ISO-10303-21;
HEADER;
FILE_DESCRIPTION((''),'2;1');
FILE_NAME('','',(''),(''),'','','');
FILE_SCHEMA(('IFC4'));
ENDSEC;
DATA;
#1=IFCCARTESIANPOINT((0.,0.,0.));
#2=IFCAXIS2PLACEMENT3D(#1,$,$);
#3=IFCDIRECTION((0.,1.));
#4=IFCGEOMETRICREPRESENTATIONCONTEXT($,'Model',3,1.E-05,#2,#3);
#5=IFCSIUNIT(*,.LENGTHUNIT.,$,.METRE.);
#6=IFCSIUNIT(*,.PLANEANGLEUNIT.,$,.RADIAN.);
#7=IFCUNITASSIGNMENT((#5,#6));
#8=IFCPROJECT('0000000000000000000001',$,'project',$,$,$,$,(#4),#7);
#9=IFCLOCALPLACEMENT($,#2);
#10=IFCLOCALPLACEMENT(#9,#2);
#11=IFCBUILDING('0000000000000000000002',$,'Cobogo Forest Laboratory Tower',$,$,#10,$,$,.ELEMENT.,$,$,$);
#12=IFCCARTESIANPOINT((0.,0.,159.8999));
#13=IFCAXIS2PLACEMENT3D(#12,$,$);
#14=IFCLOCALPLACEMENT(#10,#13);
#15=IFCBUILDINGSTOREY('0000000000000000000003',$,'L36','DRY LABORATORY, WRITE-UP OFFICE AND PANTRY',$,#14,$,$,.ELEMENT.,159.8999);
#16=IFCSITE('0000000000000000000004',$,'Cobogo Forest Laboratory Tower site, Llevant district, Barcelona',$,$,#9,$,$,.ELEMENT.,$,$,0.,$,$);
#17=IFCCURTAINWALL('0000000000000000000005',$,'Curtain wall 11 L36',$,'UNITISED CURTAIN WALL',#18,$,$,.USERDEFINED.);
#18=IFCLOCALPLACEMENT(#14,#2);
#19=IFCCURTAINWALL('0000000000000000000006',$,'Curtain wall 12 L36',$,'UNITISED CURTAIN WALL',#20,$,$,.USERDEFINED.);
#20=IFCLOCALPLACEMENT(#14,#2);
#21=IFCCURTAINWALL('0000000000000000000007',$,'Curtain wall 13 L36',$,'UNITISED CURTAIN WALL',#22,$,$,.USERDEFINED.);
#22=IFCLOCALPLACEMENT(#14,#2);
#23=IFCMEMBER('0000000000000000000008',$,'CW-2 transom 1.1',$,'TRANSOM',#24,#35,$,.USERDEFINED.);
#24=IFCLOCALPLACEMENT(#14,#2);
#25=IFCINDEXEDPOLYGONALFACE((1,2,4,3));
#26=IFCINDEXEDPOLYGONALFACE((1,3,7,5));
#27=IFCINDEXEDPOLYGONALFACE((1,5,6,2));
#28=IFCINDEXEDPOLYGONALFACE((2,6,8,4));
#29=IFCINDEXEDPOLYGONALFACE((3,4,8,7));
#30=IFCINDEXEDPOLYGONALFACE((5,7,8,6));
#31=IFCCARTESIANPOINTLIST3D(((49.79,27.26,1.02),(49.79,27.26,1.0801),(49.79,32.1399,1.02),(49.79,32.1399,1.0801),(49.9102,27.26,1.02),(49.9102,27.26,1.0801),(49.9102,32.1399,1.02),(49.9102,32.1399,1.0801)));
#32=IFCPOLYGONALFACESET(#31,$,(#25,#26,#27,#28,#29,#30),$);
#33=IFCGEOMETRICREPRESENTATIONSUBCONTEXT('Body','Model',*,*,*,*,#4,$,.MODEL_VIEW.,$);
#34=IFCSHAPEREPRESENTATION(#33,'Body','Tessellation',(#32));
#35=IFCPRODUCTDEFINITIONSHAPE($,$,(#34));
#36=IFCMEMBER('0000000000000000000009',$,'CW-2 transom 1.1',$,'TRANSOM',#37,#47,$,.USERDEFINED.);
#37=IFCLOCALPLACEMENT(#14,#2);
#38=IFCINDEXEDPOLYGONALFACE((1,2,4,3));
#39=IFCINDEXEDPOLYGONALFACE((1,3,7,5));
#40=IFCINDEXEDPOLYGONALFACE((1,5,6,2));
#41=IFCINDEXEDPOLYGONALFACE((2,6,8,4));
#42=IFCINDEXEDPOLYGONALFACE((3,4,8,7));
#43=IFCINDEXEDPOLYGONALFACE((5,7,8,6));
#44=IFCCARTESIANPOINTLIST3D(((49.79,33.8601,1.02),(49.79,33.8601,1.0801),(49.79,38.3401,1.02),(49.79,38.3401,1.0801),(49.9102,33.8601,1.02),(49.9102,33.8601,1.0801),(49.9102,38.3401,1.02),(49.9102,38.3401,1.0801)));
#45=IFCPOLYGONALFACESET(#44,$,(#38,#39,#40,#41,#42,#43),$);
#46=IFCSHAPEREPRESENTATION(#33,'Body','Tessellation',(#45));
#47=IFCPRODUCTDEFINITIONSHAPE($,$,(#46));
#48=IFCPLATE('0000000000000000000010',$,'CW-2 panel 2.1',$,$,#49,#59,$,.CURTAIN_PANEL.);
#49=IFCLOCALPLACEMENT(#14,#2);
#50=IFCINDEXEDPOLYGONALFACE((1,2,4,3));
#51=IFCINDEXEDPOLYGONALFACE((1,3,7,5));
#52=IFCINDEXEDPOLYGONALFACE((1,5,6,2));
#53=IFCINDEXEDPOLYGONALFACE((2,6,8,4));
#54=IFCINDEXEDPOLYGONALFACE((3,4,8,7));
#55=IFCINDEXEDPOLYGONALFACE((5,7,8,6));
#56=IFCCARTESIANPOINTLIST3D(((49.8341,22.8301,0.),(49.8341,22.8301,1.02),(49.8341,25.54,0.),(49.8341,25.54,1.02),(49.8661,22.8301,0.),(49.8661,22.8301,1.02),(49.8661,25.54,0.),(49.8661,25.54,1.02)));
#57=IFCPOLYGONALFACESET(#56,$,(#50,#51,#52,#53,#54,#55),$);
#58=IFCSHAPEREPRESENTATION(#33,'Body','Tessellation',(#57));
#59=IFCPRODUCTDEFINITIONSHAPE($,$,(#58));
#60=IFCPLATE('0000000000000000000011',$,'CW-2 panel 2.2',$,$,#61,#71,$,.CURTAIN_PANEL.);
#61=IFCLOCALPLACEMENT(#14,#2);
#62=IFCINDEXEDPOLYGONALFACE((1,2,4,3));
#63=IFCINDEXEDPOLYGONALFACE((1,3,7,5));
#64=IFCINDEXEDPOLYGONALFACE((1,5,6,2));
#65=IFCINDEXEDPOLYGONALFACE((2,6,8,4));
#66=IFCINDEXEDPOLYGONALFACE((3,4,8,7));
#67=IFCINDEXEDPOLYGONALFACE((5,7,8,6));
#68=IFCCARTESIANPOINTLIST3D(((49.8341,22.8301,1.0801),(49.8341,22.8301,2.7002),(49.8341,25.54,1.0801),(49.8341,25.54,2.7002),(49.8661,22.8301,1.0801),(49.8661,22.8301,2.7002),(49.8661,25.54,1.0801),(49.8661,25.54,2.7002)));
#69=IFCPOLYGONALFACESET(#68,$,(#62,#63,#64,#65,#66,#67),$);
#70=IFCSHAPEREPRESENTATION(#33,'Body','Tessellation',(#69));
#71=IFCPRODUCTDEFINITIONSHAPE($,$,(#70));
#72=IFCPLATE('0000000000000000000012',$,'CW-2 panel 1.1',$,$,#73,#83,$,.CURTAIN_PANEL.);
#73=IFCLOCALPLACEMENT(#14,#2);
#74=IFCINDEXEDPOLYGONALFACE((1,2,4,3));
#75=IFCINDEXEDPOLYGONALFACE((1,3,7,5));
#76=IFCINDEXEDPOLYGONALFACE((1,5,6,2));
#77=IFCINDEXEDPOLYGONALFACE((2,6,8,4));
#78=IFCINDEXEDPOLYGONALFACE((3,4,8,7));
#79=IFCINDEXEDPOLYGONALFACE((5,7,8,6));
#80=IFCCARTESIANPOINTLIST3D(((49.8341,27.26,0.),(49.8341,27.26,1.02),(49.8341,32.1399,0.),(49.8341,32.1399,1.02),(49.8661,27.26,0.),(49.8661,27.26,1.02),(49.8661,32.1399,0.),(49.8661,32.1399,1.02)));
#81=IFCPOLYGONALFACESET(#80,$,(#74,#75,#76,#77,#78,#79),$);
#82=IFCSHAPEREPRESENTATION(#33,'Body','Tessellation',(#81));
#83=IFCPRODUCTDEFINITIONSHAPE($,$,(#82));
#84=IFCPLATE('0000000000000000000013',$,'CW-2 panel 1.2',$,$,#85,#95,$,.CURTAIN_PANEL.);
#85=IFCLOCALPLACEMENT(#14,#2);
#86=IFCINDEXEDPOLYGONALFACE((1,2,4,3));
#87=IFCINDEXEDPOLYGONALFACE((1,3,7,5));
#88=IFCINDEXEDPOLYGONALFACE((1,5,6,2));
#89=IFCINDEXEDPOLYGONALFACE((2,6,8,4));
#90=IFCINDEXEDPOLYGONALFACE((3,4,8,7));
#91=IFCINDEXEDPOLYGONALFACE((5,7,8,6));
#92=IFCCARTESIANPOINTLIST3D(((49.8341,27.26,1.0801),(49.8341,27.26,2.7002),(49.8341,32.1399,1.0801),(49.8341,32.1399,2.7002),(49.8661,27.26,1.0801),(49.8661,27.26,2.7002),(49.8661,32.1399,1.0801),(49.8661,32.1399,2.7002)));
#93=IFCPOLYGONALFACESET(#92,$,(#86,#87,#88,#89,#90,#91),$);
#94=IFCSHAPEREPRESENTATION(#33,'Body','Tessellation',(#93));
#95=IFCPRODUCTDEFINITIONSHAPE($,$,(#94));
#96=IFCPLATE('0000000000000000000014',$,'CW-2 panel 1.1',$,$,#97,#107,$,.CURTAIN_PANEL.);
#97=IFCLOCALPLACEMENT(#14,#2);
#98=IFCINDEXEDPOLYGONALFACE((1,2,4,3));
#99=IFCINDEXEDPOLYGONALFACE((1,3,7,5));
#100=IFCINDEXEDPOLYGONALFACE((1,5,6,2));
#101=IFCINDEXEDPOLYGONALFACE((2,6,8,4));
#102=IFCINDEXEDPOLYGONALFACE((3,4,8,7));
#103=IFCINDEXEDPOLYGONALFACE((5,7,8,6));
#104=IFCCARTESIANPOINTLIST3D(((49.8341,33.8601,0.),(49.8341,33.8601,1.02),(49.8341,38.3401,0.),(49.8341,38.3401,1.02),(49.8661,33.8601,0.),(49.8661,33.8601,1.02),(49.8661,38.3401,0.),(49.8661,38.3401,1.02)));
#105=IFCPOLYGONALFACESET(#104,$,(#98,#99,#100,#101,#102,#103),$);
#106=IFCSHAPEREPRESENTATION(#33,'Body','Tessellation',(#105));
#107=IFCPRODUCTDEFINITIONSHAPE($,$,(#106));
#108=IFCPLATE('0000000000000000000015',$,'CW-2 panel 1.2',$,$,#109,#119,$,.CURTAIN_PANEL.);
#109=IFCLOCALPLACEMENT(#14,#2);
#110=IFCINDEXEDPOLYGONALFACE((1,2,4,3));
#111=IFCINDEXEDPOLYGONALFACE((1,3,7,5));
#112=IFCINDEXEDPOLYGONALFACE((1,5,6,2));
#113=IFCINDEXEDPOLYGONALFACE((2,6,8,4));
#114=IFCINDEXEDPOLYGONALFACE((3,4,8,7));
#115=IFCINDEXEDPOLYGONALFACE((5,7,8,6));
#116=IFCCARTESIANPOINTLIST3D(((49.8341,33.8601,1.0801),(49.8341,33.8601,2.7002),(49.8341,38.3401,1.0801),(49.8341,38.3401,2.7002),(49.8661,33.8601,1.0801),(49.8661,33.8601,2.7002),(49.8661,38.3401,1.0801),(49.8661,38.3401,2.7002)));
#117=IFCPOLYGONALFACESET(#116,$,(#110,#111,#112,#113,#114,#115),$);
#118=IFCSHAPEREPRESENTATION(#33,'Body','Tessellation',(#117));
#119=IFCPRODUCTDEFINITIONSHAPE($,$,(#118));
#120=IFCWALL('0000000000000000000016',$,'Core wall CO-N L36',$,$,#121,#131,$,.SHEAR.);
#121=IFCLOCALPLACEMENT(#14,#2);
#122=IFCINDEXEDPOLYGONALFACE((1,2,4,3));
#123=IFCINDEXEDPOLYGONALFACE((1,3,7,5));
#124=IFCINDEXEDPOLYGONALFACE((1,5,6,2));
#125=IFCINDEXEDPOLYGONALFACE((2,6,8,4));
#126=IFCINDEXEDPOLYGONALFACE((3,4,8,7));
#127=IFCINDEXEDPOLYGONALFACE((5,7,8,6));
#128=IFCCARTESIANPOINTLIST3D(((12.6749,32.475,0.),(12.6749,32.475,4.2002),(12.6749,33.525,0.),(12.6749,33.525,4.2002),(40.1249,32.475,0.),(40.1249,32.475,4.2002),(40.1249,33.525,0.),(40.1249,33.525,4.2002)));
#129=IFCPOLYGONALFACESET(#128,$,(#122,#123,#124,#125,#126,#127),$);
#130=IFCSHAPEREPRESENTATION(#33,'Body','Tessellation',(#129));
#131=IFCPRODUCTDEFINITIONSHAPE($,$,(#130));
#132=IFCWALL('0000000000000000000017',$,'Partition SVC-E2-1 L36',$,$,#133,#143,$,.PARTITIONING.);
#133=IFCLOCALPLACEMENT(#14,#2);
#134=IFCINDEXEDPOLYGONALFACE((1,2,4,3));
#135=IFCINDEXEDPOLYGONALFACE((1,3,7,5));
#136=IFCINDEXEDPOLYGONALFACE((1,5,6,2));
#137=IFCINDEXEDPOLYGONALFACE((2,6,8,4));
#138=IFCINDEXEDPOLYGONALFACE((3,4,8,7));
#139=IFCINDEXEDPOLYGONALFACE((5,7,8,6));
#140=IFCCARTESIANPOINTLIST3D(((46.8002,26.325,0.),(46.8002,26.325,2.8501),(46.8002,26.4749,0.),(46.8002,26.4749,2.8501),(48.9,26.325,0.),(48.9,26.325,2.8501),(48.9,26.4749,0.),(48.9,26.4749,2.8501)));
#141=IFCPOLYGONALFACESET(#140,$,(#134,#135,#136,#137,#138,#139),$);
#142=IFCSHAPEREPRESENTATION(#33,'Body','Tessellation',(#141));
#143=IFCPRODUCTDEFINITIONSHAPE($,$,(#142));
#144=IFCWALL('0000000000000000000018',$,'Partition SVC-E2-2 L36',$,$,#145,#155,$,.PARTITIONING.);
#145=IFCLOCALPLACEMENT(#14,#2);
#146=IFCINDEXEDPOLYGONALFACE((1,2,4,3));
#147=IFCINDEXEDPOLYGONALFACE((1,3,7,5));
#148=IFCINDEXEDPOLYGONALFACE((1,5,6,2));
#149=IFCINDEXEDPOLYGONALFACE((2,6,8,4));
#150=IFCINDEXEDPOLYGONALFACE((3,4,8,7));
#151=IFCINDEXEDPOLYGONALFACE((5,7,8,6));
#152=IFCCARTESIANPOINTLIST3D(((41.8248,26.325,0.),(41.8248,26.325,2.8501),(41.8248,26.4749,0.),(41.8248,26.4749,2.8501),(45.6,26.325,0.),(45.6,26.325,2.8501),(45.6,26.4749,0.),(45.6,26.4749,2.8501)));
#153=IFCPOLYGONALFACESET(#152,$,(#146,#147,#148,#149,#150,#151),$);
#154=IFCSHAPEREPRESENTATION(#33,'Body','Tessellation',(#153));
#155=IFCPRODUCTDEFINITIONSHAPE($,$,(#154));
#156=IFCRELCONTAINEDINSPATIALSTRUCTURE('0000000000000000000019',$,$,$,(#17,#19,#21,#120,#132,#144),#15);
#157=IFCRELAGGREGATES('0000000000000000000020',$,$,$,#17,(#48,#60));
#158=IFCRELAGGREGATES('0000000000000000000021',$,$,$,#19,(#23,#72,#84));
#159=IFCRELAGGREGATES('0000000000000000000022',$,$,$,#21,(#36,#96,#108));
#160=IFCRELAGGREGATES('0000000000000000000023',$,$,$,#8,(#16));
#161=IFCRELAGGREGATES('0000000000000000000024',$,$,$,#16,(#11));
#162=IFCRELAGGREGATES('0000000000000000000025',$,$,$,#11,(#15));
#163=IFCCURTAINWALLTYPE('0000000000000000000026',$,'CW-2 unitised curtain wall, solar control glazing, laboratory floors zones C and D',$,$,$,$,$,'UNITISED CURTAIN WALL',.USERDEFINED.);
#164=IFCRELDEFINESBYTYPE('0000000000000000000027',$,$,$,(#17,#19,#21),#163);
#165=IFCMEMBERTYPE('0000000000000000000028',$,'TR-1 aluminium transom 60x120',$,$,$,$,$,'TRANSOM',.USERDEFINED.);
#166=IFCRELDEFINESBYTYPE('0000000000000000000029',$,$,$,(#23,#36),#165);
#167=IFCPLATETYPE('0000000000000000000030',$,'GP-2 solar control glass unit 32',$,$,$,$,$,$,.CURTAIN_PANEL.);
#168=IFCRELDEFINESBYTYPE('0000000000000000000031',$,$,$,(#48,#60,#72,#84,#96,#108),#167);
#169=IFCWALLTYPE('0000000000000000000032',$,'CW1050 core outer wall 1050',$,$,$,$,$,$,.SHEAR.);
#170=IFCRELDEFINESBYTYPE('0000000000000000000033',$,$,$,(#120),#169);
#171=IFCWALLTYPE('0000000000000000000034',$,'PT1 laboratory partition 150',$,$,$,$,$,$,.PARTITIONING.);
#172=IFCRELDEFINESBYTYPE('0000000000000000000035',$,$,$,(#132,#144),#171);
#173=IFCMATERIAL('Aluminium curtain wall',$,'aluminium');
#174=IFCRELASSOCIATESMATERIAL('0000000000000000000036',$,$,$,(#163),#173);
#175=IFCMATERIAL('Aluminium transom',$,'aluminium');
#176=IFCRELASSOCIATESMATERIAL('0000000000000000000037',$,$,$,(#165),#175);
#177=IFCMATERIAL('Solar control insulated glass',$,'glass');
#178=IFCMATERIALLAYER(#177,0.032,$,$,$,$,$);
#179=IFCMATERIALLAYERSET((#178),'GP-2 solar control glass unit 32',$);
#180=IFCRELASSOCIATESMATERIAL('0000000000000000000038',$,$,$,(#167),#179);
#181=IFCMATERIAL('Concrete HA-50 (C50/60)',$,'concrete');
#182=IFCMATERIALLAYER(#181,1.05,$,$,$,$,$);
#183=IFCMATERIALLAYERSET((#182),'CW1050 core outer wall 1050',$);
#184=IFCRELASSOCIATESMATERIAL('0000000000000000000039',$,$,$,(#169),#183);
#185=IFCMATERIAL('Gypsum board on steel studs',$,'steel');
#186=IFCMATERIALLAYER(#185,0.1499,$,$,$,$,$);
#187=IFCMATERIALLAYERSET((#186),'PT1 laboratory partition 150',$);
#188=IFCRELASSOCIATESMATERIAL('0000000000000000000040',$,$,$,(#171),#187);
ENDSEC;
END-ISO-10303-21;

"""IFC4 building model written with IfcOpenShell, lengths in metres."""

from ifc_helpers import new_model, si_unit, direction, frame, frame_2d, origin, origin_2d, place, context, subcontext, project, spatial, rectangle, extrude, material, layer, layer_set, material_profile, profile_set, type_object, element, aggregate, save


model = new_model("IFC4")

# Units and contexts
model_context = context("Model", 3, precision=1e-05, world=origin(), true_north=direction((0.0, 1.0)))
body_context = subcontext(model_context, "Body", "Model", "MODEL_VIEW")
ifc_project = project(units=[si_unit("LENGTHUNIT", "METRE"), si_unit("PLANEANGLEUNIT", "RADIAN")], contexts=[model_context])

# Site, building, storey
site_placement = place(None, origin())
site = spatial("IfcSite", under=ifc_project, at=site_placement, Name="Cobogo Forest Laboratory Tower site, Llevant district, Barcelona", CompositionType="ELEMENT", RefElevation=0.0)
building_placement = place(site_placement, origin())
building = spatial("IfcBuilding", under=site, at=building_placement, Name="Cobogo Forest Laboratory Tower", CompositionType="ELEMENT")
storey_placement = place(building_placement, frame((0.0, 0.0, 159.8999)))
storey = spatial("IfcBuildingStorey", under=building, at=storey_placement, Name="L36", Description="DRY LABORATORY, WRITE-UP OFFICE AND PANTRY", CompositionType="ELEMENT", Elevation=159.8999)

# Shared definitions
ifc_material_1 = material(Name="Concrete HA-50 (C50/60)", Category="concrete")

# Curtain wall
ifc_material_2 = material(Name="Aluminium curtain wall", Category="aluminium")
curtain_wall_type = type_object("IfcCurtainWallType", Name="CW-2 unitised curtain wall, solar control glazing, laboratory floors zones C and D", ElementType="UNITISED CURTAIN WALL", PredefinedType="USERDEFINED", material=ifc_material_2)
curtain_wall_1_placement = place(storey_placement, origin())
curtain_wall_1 = element("IfcCurtainWall", 1, at=curtain_wall_1_placement, inside=storey, type_object=curtain_wall_type, Name="Curtain wall 11 L36", ObjectType="UNITISED CURTAIN WALL", PredefinedType="USERDEFINED")

# Curtain walls
curtain_wall_2_placement = place(storey_placement, origin())
curtain_wall_2 = element("IfcCurtainWall", 2, at=curtain_wall_2_placement, inside=storey, type_object=curtain_wall_type, Name="Curtain wall 12 L36", ObjectType="UNITISED CURTAIN WALL", PredefinedType="USERDEFINED")
curtain_wall_3_placement = place(storey_placement, origin())
curtain_wall_3 = element("IfcCurtainWall", 3, at=curtain_wall_3_placement, inside=storey, type_object=curtain_wall_type, Name="Curtain wall 13 L36", ObjectType="UNITISED CURTAIN WALL", PredefinedType="USERDEFINED")

# Members
ifc_material_3 = material(Name="Aluminium transom", Category="aluminium")
ifc_material_profile_1 = material_profile(ifc_material_3, rectangle(XDim=0.1201, YDim=0.0601, at=origin_2d()), Name="AL 60x120")
ifc_profile_set_1 = profile_set([ifc_material_profile_1], Name="Aluminium transom")
member_type_1 = type_object("IfcMemberType", Name="TR-1 aluminium transom 60x120", ElementType="TRANSOM", PredefinedType="USERDEFINED", material=ifc_profile_set_1)
member_1_placement = place(storey_placement, frame((49.8501, 27.26, 1.05), z_axis=(0.0, 1.0, 0.0), x_axis=(-1.0, 0.0, 0.0)))
member_1 = element("IfcMember", 4, at=member_1_placement, type_object=member_type_1, Name="CW-2 transom 1.1", ObjectType="TRANSOM", PredefinedType="USERDEFINED", context=body_context, shape_type="SweptSolid", body=[
    extrude(rectangle(XDim=0.1201, YDim=0.0601, at=origin_2d()), origin(), (0.0, 0.0, 1.0), 4.8799),
])
member_2_placement = place(storey_placement, frame((49.8501, 33.8601, 1.05), z_axis=(0.0, 1.0, 0.0), x_axis=(-1.0, 0.0, 0.0)))
member_2 = element("IfcMember", 5, at=member_2_placement, type_object=member_type_1, Name="CW-2 transom 1.1", ObjectType="TRANSOM", PredefinedType="USERDEFINED", context=body_context, shape_type="SweptSolid", body=[
    extrude(rectangle(XDim=0.1201, YDim=0.0601, at=origin_2d()), origin(), (0.0, 0.0, 1.0), 4.48),
])

# Plates
ifc_material_4 = material(Name="Solar control insulated glass", Category="glass")
ifc_layer_1 = layer(ifc_material_4, 0.032)
ifc_layer_set_1 = layer_set([ifc_layer_1], Name="GP-2 solar control glass unit 32")
plate_type_1 = type_object("IfcPlateType", Name="GP-2 solar control glass unit 32", PredefinedType="CURTAIN_PANEL", material=ifc_layer_set_1)
plate_1_placement = place(storey_placement, frame((49.8501, 24.1851, 0.0), z_axis=(0.0, 0.0, 1.0), x_axis=(0.0, 1.0, 0.0)))
plate_1 = element("IfcPlate", 6, at=plate_1_placement, type_object=plate_type_1, Name="CW-2 panel 2.1", PredefinedType="CURTAIN_PANEL", context=body_context, shape_type="SweptSolid", body=[
    extrude(rectangle(XDim=2.71, YDim=0.032, at=origin_2d()), origin(), (0.0, 0.0, 1.0), 1.02),
])
plate_2_placement = place(storey_placement, frame((49.8501, 24.1851, 1.0801), z_axis=(0.0, 0.0, 1.0), x_axis=(0.0, 1.0, 0.0)))
plate_2 = element("IfcPlate", 7, at=plate_2_placement, type_object=plate_type_1, Name="CW-2 panel 2.2", PredefinedType="CURTAIN_PANEL", context=body_context, shape_type="SweptSolid", body=[
    extrude(rectangle(XDim=2.71, YDim=0.032, at=origin_2d()), origin(), (0.0, 0.0, 1.0), 1.6201),
])
aggregate(curtain_wall_1, [plate_1, plate_2])
plate_3_placement = place(storey_placement, frame((49.8501, 29.7, 0.0), z_axis=(0.0, 0.0, 1.0), x_axis=(0.0, 1.0, 0.0)))
plate_3 = element("IfcPlate", 8, at=plate_3_placement, type_object=plate_type_1, Name="CW-2 panel 1.1", PredefinedType="CURTAIN_PANEL", context=body_context, shape_type="SweptSolid", body=[
    extrude(rectangle(XDim=4.8799, YDim=0.032, at=origin_2d()), origin(), (0.0, 0.0, 1.0), 1.02),
])
plate_4_placement = place(storey_placement, frame((49.8501, 29.7, 1.0801), z_axis=(0.0, 0.0, 1.0), x_axis=(0.0, 1.0, 0.0)))
plate_4 = element("IfcPlate", 9, at=plate_4_placement, type_object=plate_type_1, Name="CW-2 panel 1.2", PredefinedType="CURTAIN_PANEL", context=body_context, shape_type="SweptSolid", body=[
    extrude(rectangle(XDim=4.8799, YDim=0.032, at=origin_2d()), origin(), (0.0, 0.0, 1.0), 1.6201),
])
aggregate(curtain_wall_2, [member_1, plate_3, plate_4])
plate_5_placement = place(storey_placement, frame((49.8501, 36.1001, 0.0), z_axis=(0.0, 0.0, 1.0), x_axis=(0.0, 1.0, 0.0)))
plate_5 = element("IfcPlate", 10, at=plate_5_placement, type_object=plate_type_1, Name="CW-2 panel 1.1", PredefinedType="CURTAIN_PANEL", context=body_context, shape_type="SweptSolid", body=[
    extrude(rectangle(XDim=4.48, YDim=0.032, at=origin_2d()), origin(), (0.0, 0.0, 1.0), 1.02),
])
plate_6_placement = place(storey_placement, frame((49.8501, 36.1001, 1.0801), z_axis=(0.0, 0.0, 1.0), x_axis=(0.0, 1.0, 0.0)))
plate_6 = element("IfcPlate", 11, at=plate_6_placement, type_object=plate_type_1, Name="CW-2 panel 1.2", PredefinedType="CURTAIN_PANEL", context=body_context, shape_type="SweptSolid", body=[
    extrude(rectangle(XDim=4.48, YDim=0.032, at=origin_2d()), origin(), (0.0, 0.0, 1.0), 1.6201),
])
aggregate(curtain_wall_3, [member_2, plate_5, plate_6])

# Walls
ifc_layer_2 = layer(ifc_material_1, 1.05)
ifc_layer_set_2 = layer_set([ifc_layer_2], Name="CW1050 core outer wall 1050")
wall_type_1 = type_object("IfcWallType", Name="CW1050 core outer wall 1050", PredefinedType="SHEAR", material=ifc_layer_set_2)
wall_1_placement = place(storey_placement, frame((40.125, 33.0, 0.0), z_axis=(0.0, 0.0, 1.0), x_axis=(-1.0, 0.0, 0.0)))
element("IfcWall", 12, at=wall_1_placement, inside=storey, type_object=wall_type_1, Name="Core wall CO-N L36", PredefinedType="SHEAR", context=body_context, shape_type="SweptSolid", body=[
    extrude(rectangle(XDim=27.45, YDim=1.05, at=frame_2d((13.7251, 0.0))), origin(), (0.0, 0.0, 1.0), 4.2002),
])
ifc_material_5 = material(Name="Gypsum board on steel studs", Category="steel")
ifc_layer_3 = layer(ifc_material_5, 0.1499)
ifc_layer_set_3 = layer_set([ifc_layer_3], Name="PT1 laboratory partition 150")
wall_type_2 = type_object("IfcWallType", Name="PT1 laboratory partition 150", PredefinedType="PARTITIONING", material=ifc_layer_set_3)
wall_2_placement = place(storey_placement, frame((48.8999, 26.3999, 0.0), z_axis=(0.0, 0.0, 1.0), x_axis=(-1.0, 0.0, 0.0)))
element("IfcWall", 13, at=wall_2_placement, inside=storey, type_object=wall_type_2, Name="Partition SVC-E2-1 L36", PredefinedType="PARTITIONING", context=body_context, shape_type="SweptSolid", body=[
    extrude(rectangle(XDim=2.0999, YDim=0.1499, at=frame_2d((1.0498, 0.0))), origin(), (0.0, 0.0, 1.0), 2.8501),
])
wall_3_placement = place(storey_placement, frame((45.6001, 26.3999, 0.0), z_axis=(0.0, 0.0, 1.0), x_axis=(-1.0, 0.0, 0.0)))
element("IfcWall", 14, at=wall_3_placement, inside=storey, type_object=wall_type_2, Name="Partition SVC-E2-2 L36", PredefinedType="PARTITIONING", context=body_context, shape_type="SweptSolid", body=[
    extrude(rectangle(XDim=3.7751, YDim=0.1499, at=frame_2d((1.8877, 0.0))), origin(), (0.0, 0.0, 1.0), 2.8501),
])

save(model, "model.ifc")
